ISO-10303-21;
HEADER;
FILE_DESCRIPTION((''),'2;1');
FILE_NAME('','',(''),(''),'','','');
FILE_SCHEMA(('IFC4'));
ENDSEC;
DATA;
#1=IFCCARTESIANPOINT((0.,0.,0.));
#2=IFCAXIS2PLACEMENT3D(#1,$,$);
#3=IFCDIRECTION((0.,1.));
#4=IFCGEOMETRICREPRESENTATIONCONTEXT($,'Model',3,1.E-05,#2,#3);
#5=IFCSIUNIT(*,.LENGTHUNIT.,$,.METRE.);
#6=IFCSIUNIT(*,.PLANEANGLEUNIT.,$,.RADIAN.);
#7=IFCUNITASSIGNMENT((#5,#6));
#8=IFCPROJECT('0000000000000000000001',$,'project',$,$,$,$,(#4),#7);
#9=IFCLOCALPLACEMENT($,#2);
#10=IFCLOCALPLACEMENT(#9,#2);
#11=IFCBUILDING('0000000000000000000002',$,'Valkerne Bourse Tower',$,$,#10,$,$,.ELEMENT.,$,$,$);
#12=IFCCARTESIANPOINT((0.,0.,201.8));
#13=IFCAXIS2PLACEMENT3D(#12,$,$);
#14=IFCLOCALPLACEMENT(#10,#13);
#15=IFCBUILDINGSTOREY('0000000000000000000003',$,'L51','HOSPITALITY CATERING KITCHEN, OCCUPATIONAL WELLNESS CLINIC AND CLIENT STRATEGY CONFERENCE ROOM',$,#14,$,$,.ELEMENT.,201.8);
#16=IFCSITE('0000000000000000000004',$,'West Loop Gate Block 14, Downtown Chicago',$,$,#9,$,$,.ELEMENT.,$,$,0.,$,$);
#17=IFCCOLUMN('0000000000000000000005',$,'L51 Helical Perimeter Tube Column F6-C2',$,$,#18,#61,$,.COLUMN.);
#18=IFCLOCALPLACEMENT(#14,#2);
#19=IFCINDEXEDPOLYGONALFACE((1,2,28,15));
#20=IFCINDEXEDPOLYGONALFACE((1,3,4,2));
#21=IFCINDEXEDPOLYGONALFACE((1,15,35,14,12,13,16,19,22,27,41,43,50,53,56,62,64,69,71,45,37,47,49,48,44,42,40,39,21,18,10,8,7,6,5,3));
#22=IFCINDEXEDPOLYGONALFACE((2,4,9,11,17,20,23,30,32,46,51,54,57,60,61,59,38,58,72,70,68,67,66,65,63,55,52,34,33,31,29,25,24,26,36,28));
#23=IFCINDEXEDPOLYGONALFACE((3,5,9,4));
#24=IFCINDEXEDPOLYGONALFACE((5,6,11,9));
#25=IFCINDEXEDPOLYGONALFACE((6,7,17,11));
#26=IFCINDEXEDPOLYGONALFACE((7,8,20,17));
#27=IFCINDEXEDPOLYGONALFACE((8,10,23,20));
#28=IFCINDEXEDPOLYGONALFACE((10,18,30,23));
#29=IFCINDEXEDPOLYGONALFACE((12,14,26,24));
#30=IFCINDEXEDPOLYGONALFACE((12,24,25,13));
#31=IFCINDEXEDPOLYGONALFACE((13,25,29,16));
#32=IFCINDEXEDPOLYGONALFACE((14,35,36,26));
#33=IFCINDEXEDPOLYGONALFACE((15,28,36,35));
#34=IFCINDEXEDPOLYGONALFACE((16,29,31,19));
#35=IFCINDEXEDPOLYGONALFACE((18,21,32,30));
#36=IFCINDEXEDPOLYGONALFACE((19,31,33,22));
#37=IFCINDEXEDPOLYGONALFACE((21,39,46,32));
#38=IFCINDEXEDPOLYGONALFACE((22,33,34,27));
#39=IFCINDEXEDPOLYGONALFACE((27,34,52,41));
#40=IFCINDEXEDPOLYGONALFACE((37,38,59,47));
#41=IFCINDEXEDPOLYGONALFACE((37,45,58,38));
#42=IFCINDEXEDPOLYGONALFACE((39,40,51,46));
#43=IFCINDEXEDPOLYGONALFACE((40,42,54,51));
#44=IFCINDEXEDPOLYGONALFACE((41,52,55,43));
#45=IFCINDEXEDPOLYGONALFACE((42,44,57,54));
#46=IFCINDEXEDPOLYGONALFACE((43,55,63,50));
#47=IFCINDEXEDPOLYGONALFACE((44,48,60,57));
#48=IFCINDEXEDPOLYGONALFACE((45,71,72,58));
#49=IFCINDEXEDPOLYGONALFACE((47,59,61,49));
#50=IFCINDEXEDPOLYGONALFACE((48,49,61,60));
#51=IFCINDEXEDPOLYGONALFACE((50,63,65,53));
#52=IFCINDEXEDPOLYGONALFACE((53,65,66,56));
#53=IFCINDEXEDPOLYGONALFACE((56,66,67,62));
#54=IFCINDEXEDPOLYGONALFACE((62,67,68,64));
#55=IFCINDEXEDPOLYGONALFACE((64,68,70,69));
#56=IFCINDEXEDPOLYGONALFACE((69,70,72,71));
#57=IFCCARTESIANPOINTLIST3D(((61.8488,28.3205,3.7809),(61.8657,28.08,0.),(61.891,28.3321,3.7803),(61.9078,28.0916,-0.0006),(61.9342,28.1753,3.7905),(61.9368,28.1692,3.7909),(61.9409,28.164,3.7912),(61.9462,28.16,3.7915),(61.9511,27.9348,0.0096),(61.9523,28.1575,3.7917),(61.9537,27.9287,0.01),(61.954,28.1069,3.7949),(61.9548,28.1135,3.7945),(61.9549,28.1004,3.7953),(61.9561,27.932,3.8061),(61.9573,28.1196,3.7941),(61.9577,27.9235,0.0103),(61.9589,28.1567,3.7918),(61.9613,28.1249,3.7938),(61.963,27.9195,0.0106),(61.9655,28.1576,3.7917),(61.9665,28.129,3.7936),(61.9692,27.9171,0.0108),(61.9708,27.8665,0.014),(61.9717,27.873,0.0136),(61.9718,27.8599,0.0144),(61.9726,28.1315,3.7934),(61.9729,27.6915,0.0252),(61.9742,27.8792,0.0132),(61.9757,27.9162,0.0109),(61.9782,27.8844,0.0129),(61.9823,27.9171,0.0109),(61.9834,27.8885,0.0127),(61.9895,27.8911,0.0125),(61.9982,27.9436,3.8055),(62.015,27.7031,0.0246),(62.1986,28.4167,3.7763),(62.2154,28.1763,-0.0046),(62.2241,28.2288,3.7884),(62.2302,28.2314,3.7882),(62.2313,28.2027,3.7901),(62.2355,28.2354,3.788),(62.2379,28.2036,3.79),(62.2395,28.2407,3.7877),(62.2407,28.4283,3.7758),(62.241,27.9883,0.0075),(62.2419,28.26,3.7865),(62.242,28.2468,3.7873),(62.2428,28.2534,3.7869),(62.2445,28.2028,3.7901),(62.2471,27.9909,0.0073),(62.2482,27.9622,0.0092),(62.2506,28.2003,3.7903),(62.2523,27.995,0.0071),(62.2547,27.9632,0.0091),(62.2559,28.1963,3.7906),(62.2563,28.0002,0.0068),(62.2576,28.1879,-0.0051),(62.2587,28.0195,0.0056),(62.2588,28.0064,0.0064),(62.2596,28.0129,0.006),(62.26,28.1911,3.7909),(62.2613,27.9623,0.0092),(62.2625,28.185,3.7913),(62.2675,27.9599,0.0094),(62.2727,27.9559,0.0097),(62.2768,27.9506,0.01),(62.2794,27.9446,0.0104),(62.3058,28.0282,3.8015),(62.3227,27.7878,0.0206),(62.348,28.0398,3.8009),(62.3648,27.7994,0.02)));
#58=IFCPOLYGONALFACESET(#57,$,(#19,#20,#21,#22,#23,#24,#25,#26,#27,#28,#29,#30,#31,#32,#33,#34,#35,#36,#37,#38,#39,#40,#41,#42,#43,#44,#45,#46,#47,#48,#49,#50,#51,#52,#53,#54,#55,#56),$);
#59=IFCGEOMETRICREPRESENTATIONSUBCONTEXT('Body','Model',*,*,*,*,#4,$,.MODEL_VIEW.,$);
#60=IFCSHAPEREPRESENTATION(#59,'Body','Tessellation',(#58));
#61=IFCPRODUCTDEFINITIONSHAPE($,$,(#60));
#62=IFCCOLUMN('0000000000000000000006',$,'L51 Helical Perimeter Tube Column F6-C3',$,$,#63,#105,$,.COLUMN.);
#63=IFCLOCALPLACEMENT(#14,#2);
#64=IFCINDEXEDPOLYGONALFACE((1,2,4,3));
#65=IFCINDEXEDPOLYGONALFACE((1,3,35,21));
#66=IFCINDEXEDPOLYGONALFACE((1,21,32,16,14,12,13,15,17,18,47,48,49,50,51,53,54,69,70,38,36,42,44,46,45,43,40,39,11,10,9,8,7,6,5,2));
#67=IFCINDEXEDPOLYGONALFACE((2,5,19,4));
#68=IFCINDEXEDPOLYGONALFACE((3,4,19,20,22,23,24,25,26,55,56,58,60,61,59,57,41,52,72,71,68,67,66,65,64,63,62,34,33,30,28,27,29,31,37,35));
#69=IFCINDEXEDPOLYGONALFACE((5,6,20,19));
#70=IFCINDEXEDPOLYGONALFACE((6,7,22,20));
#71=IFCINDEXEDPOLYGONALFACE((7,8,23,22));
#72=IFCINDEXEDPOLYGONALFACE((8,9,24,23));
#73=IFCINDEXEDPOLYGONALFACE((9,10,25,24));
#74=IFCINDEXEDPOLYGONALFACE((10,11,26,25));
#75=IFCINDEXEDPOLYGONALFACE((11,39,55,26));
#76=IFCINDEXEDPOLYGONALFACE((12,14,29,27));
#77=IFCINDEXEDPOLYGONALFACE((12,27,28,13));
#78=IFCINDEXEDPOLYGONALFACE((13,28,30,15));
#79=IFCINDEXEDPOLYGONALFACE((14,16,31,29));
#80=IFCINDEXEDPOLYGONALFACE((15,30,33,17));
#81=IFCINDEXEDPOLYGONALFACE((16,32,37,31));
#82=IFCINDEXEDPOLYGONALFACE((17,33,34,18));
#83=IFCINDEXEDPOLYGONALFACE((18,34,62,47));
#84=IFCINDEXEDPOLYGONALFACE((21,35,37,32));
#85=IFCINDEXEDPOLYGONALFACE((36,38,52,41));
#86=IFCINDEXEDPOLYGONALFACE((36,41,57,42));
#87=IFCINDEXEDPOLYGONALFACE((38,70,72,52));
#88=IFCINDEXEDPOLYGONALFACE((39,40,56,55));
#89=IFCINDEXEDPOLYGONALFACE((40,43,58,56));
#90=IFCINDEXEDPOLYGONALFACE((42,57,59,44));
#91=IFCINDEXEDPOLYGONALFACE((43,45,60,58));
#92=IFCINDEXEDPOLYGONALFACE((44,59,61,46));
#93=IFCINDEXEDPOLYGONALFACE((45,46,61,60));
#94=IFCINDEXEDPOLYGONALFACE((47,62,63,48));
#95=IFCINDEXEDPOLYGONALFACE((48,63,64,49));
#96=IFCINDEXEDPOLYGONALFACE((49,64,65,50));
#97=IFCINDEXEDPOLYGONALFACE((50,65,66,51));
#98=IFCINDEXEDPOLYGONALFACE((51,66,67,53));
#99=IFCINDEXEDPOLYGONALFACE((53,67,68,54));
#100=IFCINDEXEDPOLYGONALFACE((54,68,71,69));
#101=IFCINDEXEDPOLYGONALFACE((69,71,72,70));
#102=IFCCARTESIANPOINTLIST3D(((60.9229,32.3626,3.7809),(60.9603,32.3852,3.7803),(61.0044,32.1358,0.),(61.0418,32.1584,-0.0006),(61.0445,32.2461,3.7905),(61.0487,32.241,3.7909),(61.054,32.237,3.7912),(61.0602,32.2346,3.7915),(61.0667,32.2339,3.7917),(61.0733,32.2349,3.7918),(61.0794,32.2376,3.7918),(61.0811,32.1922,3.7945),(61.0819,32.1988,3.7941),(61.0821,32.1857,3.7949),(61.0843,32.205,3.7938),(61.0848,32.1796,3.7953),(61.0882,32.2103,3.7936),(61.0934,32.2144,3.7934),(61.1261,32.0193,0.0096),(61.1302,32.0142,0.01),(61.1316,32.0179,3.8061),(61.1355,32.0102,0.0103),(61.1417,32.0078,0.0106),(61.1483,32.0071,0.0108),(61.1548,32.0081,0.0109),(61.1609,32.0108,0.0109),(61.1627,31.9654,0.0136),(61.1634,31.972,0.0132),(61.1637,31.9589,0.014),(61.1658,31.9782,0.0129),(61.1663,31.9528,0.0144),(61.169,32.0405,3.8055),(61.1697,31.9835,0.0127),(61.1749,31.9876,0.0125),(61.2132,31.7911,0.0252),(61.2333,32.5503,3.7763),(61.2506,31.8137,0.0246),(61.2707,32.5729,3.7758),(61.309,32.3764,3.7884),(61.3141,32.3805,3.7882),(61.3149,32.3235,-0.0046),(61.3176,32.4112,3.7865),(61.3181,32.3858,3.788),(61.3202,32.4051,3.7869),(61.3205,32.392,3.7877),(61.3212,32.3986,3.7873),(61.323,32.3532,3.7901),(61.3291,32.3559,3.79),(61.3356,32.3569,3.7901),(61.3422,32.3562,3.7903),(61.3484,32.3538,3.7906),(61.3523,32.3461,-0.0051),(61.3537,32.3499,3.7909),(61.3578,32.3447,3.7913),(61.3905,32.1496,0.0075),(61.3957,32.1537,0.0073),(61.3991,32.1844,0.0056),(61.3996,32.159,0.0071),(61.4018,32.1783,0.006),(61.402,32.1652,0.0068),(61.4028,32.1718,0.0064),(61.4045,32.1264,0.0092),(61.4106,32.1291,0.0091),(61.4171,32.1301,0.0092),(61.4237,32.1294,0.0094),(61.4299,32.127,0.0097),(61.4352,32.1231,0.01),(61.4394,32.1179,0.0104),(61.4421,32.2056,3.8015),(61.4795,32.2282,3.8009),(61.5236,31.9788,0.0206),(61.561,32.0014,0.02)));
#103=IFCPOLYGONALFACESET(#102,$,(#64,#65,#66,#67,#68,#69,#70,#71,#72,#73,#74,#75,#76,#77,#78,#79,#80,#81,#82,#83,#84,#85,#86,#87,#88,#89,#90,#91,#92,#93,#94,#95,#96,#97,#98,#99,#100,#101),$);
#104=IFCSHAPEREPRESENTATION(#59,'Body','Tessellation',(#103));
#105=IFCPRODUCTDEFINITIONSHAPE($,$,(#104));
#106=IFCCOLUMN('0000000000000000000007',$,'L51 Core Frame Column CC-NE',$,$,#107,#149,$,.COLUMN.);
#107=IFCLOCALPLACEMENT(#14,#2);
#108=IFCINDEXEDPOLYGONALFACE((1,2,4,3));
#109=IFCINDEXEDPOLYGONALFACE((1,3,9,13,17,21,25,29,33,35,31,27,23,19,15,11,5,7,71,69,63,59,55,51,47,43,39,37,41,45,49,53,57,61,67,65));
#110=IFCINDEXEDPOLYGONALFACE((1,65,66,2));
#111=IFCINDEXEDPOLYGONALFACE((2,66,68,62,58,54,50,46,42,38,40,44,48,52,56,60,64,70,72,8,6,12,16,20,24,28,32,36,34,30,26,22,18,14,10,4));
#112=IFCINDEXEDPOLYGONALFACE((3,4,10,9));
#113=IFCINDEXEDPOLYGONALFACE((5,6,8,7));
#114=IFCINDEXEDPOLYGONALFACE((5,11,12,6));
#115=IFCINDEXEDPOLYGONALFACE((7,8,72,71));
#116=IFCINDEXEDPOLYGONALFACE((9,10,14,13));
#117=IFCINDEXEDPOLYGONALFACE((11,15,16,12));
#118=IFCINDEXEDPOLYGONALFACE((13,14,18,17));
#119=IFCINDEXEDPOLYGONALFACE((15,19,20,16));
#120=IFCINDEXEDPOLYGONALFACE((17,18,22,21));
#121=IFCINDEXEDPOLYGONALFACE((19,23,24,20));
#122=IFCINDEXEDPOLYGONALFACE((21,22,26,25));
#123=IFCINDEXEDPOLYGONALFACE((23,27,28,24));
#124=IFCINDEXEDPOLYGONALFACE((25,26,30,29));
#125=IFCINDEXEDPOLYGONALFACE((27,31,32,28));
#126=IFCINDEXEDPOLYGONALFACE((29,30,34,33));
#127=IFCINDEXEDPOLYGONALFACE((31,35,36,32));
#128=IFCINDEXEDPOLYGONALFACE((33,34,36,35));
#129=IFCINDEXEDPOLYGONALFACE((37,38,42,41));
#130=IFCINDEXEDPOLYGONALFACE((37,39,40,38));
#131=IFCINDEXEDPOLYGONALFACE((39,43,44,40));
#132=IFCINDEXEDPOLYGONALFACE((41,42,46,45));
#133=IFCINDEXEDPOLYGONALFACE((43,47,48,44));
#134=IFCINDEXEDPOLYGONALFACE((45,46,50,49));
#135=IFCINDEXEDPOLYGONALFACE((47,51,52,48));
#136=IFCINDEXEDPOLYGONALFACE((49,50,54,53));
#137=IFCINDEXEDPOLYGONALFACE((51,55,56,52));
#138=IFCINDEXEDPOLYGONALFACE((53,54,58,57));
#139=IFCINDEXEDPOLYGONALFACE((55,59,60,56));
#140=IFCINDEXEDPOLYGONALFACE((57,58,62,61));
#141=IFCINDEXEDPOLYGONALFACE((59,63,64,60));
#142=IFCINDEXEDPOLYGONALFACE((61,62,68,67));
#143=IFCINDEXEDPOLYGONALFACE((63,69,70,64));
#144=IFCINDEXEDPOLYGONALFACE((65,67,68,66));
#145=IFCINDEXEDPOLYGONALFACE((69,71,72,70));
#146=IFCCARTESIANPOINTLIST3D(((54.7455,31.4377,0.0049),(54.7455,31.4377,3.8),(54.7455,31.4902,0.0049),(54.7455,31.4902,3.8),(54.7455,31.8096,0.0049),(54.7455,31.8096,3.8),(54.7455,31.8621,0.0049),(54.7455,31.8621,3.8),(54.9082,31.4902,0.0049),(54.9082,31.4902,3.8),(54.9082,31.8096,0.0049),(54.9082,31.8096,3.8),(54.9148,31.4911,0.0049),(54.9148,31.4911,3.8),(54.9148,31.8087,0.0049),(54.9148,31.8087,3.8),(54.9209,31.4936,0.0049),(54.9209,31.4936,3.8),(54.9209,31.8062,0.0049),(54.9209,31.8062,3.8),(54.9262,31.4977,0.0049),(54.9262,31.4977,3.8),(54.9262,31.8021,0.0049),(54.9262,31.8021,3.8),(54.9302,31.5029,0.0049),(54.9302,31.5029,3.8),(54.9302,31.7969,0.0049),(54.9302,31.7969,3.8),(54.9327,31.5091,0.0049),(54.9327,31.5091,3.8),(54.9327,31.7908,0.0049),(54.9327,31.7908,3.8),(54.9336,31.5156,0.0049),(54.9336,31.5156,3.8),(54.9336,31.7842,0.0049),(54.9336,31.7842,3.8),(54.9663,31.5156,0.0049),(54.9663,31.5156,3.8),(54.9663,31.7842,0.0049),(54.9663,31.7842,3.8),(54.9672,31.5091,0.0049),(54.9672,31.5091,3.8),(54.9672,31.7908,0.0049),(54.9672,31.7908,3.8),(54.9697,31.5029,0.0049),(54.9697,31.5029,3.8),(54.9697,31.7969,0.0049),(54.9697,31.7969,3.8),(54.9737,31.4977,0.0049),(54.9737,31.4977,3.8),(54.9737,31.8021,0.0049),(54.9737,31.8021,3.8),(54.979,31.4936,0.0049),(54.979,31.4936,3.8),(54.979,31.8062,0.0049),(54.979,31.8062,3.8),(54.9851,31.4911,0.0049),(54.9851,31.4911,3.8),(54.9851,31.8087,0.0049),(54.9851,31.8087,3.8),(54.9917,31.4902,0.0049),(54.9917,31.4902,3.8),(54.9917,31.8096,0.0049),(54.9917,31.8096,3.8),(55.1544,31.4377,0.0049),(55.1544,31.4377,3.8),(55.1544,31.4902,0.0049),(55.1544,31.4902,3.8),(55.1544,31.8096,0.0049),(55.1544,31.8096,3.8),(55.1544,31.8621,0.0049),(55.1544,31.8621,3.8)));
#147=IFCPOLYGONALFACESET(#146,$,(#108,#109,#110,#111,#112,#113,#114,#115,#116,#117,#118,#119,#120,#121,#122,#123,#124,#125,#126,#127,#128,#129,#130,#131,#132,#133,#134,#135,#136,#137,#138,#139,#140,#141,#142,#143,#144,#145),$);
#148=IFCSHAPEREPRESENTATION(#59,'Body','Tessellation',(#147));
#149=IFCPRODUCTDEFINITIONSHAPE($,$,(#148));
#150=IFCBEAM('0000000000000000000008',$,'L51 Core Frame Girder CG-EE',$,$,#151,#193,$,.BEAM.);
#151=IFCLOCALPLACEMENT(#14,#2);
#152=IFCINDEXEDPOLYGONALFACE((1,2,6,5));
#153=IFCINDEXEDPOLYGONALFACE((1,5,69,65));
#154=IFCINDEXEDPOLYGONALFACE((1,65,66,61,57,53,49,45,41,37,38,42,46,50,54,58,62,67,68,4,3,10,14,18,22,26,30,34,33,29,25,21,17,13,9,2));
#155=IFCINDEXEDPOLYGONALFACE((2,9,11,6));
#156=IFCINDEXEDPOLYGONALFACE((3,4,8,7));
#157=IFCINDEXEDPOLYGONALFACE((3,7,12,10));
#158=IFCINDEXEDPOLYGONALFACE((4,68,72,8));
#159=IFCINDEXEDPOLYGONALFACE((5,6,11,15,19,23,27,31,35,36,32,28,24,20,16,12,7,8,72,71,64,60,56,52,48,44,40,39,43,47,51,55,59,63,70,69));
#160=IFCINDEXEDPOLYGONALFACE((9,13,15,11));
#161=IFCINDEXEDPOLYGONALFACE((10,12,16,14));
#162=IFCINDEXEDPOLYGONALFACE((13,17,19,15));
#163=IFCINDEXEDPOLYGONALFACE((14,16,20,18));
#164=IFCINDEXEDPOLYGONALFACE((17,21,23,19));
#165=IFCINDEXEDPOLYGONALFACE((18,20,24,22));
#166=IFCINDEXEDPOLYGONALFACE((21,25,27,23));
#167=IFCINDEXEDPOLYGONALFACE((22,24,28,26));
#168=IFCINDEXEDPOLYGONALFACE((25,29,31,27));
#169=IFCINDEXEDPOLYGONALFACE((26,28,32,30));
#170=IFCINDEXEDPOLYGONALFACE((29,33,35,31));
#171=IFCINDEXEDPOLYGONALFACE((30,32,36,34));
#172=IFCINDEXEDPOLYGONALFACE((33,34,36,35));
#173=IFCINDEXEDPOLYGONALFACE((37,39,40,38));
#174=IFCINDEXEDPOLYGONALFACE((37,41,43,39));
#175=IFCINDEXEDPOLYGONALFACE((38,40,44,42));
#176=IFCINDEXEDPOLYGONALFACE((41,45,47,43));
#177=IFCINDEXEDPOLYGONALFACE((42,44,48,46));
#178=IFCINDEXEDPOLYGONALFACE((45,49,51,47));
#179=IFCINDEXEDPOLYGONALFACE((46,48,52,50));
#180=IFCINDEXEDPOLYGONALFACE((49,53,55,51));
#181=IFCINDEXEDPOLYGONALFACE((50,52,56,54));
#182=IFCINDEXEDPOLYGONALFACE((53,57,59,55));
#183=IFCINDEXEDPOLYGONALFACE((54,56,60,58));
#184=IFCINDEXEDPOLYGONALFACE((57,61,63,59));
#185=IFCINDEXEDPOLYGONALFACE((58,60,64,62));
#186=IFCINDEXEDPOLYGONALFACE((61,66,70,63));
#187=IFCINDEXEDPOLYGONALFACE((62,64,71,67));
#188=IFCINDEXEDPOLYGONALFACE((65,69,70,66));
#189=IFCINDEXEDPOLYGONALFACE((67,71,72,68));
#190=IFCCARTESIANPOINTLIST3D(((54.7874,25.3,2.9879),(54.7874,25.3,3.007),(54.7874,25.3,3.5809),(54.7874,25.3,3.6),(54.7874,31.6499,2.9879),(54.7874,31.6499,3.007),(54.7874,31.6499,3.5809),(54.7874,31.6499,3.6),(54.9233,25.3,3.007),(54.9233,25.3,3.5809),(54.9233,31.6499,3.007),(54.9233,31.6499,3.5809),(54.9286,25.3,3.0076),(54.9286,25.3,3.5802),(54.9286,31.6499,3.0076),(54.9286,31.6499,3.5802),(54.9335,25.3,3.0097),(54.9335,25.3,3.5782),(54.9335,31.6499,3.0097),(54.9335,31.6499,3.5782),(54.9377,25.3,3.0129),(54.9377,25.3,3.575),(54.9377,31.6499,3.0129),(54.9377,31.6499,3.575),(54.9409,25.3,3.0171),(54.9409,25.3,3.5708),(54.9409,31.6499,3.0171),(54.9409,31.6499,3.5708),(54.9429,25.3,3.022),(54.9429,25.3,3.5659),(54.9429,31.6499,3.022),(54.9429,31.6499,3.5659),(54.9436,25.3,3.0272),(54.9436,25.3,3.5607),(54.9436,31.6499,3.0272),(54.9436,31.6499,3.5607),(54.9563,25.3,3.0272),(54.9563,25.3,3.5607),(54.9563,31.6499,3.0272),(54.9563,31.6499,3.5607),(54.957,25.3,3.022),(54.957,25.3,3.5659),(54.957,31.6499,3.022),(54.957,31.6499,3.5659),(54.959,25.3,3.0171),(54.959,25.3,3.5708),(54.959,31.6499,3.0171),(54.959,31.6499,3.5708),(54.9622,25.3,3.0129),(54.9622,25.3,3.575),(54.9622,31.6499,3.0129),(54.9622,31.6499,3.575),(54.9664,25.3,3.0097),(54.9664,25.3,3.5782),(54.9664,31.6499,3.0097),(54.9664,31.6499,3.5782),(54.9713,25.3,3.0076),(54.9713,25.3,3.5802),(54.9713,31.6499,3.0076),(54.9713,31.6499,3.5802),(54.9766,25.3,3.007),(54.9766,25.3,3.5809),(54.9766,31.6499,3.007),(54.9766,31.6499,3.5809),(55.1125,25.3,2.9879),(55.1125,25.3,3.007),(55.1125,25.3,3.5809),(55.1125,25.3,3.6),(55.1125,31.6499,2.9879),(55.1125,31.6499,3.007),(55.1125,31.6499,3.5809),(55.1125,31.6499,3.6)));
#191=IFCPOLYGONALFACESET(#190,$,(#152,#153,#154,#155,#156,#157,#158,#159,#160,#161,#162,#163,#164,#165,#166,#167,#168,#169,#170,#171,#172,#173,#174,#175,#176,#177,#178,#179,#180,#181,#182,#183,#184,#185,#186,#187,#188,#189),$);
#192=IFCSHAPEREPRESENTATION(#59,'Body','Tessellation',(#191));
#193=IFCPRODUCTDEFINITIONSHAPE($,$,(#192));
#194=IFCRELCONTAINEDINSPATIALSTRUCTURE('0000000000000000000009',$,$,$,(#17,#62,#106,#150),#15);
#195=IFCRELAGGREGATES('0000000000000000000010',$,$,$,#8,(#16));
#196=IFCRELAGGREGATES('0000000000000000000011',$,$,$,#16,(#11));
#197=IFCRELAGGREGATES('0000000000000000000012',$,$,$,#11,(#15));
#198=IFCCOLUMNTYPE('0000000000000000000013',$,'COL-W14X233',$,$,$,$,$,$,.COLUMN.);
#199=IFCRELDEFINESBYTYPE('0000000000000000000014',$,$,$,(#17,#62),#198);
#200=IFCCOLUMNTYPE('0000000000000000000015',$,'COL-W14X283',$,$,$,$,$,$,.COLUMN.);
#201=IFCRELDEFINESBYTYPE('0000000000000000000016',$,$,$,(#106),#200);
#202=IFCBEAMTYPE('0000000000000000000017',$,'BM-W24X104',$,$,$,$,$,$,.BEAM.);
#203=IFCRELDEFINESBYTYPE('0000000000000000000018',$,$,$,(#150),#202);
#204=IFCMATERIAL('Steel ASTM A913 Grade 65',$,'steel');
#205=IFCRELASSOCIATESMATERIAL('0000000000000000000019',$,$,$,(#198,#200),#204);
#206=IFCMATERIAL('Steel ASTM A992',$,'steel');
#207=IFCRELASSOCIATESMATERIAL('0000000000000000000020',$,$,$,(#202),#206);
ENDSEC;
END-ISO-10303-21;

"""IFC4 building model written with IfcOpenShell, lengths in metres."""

from ifc_helpers import new_model, si_unit, direction, frame, origin, origin_2d, place, context, subcontext, project, spatial, i_section, extrude, material, material_profile, profile_set, type_object, element, save


model = new_model("IFC4")

# Units and contexts
model_context = context("Model", 3, precision=1e-05, world=origin(), true_north=direction((0.0, 1.0)))
body_context = subcontext(model_context, "Body", "Model", "MODEL_VIEW")
ifc_project = project(units=[si_unit("LENGTHUNIT", "METRE"), si_unit("PLANEANGLEUNIT", "RADIAN")], contexts=[model_context])

# Site, building, storey
site_placement = place(None, origin())
site = spatial("IfcSite", under=ifc_project, at=site_placement, Name="West Loop Gate Block 14, Downtown Chicago", CompositionType="ELEMENT", RefElevation=0.0)
building_placement = place(site_placement, origin())
building = spatial("IfcBuilding", under=site, at=building_placement, Name="Valkerne Bourse Tower", CompositionType="ELEMENT")
storey_placement = place(building_placement, frame((0.0, 0.0, 201.8)))
storey = spatial("IfcBuildingStorey", under=building, at=storey_placement, Name="L51", Description="HOSPITALITY CATERING KITCHEN, OCCUPATIONAL WELLNESS CLINIC AND CLIENT STRATEGY CONFERENCE ROOM", CompositionType="ELEMENT", Elevation=201.8)

# Columns
ifc_material_1 = material(Name="Steel ASTM A913 Grade 65", Category="steel")
ifc_material_profile_1 = material_profile(ifc_material_1, i_section(OverallWidth=0.4038, OverallDepth=0.4065, WebThickness=0.0271, FlangeThickness=0.0437, FilletRadius=0.0254, at=origin_2d()), Name="W14X233")
ifc_profile_set_1 = profile_set([ifc_material_profile_1], Name="Steel ASTM A913 Grade 65")
column_type_1 = type_object("IfcColumnType", Name="COL-W14X233", PredefinedType="COLUMN", material=ifc_profile_set_1)
for number, where, z_axis, x_axis, name in (
    (1, (62.1152, 27.9397, 0.01), (-0.004446, 0.063473, 0.997974), (0.265536, -0.962081, 0.062373), "L51 Helical Perimeter Tube Column F6-C2"),
    (2, (61.2827, 32.0686, 0.01), (-0.021523, 0.059864, 0.997974), (0.51698, -0.853723, 0.062361), "L51 Helical Perimeter Tube Column F6-C3"),
):
    element("IfcColumn", number, at=place(storey_placement, frame(where, z_axis=z_axis, x_axis=x_axis)), inside=storey, type_object=column_type_1, Name=name, PredefinedType="COLUMN", context=body_context, shape_type="SweptSolid", body=[
        extrude(i_section(OverallWidth=0.4038, OverallDepth=0.4065, WebThickness=0.0271, FlangeThickness=0.0437, FilletRadius=0.0254, at=origin_2d()), origin(), (0.0, 0.0, 1.0), 3.7886),
    ])
ifc_material_profile_2 = material_profile(ifc_material_1, i_section(OverallWidth=0.4089, OverallDepth=0.4243, WebThickness=0.0327, FlangeThickness=0.0525, FilletRadius=0.0254, at=origin_2d()), Name="W14X283")
ifc_profile_set_2 = profile_set([ifc_material_profile_2], Name="Steel ASTM A913 Grade 65")
column_type_2 = type_object("IfcColumnType", Name="COL-W14X283", PredefinedType="COLUMN", material=ifc_profile_set_2)
column_placement = place(storey_placement, frame((54.95, 31.6499, 0.0049), z_axis=(0.0, 0.0, 1.0), x_axis=(1.0, 0.0, 0.0)))
element("IfcColumn", 3, at=column_placement, inside=storey, type_object=column_type_2, Name="L51 Core Frame Column CC-NE", PredefinedType="COLUMN", context=body_context, shape_type="SweptSolid", body=[
    extrude(i_section(OverallWidth=0.4089, OverallDepth=0.4243, WebThickness=0.0327, FlangeThickness=0.0525, FilletRadius=0.0254, at=origin_2d()), origin(), (0.0, 0.0, 1.0), 3.7952),
])

# Beam
ifc_material_2 = material(Name="Steel ASTM A992", Category="steel")
ifc_material_profile_3 = material_profile(ifc_material_2, i_section(OverallWidth=0.3252, OverallDepth=0.6121, WebThickness=0.0127, FlangeThickness=0.019, FilletRadius=0.0203, at=origin_2d()), Name="W24X104")
ifc_profile_set_3 = profile_set([ifc_material_profile_3], Name="Steel ASTM A992")
beam_type_1 = type_object("IfcBeamType", Name="BM-W24X104", PredefinedType="BEAM", material=ifc_profile_set_3)
beam_1_placement = place(storey_placement, frame((54.95, 25.3, 3.2939), z_axis=(0.0, 1.0, 0.0), x_axis=(-1.0, 0.0, 0.0)))
element("IfcBeam", 4, at=beam_1_placement, inside=storey, type_object=beam_type_1, Name="L51 Core Frame Girder CG-EE", PredefinedType="BEAM", context=body_context, shape_type="SweptSolid", body=[
    extrude(i_section(OverallWidth=0.3252, OverallDepth=0.6121, WebThickness=0.0127, FlangeThickness=0.019, FilletRadius=0.0203, at=origin_2d()), origin(), (0.0, 0.0, 1.0), 6.3499),
])

save(model, "model.ifc")
